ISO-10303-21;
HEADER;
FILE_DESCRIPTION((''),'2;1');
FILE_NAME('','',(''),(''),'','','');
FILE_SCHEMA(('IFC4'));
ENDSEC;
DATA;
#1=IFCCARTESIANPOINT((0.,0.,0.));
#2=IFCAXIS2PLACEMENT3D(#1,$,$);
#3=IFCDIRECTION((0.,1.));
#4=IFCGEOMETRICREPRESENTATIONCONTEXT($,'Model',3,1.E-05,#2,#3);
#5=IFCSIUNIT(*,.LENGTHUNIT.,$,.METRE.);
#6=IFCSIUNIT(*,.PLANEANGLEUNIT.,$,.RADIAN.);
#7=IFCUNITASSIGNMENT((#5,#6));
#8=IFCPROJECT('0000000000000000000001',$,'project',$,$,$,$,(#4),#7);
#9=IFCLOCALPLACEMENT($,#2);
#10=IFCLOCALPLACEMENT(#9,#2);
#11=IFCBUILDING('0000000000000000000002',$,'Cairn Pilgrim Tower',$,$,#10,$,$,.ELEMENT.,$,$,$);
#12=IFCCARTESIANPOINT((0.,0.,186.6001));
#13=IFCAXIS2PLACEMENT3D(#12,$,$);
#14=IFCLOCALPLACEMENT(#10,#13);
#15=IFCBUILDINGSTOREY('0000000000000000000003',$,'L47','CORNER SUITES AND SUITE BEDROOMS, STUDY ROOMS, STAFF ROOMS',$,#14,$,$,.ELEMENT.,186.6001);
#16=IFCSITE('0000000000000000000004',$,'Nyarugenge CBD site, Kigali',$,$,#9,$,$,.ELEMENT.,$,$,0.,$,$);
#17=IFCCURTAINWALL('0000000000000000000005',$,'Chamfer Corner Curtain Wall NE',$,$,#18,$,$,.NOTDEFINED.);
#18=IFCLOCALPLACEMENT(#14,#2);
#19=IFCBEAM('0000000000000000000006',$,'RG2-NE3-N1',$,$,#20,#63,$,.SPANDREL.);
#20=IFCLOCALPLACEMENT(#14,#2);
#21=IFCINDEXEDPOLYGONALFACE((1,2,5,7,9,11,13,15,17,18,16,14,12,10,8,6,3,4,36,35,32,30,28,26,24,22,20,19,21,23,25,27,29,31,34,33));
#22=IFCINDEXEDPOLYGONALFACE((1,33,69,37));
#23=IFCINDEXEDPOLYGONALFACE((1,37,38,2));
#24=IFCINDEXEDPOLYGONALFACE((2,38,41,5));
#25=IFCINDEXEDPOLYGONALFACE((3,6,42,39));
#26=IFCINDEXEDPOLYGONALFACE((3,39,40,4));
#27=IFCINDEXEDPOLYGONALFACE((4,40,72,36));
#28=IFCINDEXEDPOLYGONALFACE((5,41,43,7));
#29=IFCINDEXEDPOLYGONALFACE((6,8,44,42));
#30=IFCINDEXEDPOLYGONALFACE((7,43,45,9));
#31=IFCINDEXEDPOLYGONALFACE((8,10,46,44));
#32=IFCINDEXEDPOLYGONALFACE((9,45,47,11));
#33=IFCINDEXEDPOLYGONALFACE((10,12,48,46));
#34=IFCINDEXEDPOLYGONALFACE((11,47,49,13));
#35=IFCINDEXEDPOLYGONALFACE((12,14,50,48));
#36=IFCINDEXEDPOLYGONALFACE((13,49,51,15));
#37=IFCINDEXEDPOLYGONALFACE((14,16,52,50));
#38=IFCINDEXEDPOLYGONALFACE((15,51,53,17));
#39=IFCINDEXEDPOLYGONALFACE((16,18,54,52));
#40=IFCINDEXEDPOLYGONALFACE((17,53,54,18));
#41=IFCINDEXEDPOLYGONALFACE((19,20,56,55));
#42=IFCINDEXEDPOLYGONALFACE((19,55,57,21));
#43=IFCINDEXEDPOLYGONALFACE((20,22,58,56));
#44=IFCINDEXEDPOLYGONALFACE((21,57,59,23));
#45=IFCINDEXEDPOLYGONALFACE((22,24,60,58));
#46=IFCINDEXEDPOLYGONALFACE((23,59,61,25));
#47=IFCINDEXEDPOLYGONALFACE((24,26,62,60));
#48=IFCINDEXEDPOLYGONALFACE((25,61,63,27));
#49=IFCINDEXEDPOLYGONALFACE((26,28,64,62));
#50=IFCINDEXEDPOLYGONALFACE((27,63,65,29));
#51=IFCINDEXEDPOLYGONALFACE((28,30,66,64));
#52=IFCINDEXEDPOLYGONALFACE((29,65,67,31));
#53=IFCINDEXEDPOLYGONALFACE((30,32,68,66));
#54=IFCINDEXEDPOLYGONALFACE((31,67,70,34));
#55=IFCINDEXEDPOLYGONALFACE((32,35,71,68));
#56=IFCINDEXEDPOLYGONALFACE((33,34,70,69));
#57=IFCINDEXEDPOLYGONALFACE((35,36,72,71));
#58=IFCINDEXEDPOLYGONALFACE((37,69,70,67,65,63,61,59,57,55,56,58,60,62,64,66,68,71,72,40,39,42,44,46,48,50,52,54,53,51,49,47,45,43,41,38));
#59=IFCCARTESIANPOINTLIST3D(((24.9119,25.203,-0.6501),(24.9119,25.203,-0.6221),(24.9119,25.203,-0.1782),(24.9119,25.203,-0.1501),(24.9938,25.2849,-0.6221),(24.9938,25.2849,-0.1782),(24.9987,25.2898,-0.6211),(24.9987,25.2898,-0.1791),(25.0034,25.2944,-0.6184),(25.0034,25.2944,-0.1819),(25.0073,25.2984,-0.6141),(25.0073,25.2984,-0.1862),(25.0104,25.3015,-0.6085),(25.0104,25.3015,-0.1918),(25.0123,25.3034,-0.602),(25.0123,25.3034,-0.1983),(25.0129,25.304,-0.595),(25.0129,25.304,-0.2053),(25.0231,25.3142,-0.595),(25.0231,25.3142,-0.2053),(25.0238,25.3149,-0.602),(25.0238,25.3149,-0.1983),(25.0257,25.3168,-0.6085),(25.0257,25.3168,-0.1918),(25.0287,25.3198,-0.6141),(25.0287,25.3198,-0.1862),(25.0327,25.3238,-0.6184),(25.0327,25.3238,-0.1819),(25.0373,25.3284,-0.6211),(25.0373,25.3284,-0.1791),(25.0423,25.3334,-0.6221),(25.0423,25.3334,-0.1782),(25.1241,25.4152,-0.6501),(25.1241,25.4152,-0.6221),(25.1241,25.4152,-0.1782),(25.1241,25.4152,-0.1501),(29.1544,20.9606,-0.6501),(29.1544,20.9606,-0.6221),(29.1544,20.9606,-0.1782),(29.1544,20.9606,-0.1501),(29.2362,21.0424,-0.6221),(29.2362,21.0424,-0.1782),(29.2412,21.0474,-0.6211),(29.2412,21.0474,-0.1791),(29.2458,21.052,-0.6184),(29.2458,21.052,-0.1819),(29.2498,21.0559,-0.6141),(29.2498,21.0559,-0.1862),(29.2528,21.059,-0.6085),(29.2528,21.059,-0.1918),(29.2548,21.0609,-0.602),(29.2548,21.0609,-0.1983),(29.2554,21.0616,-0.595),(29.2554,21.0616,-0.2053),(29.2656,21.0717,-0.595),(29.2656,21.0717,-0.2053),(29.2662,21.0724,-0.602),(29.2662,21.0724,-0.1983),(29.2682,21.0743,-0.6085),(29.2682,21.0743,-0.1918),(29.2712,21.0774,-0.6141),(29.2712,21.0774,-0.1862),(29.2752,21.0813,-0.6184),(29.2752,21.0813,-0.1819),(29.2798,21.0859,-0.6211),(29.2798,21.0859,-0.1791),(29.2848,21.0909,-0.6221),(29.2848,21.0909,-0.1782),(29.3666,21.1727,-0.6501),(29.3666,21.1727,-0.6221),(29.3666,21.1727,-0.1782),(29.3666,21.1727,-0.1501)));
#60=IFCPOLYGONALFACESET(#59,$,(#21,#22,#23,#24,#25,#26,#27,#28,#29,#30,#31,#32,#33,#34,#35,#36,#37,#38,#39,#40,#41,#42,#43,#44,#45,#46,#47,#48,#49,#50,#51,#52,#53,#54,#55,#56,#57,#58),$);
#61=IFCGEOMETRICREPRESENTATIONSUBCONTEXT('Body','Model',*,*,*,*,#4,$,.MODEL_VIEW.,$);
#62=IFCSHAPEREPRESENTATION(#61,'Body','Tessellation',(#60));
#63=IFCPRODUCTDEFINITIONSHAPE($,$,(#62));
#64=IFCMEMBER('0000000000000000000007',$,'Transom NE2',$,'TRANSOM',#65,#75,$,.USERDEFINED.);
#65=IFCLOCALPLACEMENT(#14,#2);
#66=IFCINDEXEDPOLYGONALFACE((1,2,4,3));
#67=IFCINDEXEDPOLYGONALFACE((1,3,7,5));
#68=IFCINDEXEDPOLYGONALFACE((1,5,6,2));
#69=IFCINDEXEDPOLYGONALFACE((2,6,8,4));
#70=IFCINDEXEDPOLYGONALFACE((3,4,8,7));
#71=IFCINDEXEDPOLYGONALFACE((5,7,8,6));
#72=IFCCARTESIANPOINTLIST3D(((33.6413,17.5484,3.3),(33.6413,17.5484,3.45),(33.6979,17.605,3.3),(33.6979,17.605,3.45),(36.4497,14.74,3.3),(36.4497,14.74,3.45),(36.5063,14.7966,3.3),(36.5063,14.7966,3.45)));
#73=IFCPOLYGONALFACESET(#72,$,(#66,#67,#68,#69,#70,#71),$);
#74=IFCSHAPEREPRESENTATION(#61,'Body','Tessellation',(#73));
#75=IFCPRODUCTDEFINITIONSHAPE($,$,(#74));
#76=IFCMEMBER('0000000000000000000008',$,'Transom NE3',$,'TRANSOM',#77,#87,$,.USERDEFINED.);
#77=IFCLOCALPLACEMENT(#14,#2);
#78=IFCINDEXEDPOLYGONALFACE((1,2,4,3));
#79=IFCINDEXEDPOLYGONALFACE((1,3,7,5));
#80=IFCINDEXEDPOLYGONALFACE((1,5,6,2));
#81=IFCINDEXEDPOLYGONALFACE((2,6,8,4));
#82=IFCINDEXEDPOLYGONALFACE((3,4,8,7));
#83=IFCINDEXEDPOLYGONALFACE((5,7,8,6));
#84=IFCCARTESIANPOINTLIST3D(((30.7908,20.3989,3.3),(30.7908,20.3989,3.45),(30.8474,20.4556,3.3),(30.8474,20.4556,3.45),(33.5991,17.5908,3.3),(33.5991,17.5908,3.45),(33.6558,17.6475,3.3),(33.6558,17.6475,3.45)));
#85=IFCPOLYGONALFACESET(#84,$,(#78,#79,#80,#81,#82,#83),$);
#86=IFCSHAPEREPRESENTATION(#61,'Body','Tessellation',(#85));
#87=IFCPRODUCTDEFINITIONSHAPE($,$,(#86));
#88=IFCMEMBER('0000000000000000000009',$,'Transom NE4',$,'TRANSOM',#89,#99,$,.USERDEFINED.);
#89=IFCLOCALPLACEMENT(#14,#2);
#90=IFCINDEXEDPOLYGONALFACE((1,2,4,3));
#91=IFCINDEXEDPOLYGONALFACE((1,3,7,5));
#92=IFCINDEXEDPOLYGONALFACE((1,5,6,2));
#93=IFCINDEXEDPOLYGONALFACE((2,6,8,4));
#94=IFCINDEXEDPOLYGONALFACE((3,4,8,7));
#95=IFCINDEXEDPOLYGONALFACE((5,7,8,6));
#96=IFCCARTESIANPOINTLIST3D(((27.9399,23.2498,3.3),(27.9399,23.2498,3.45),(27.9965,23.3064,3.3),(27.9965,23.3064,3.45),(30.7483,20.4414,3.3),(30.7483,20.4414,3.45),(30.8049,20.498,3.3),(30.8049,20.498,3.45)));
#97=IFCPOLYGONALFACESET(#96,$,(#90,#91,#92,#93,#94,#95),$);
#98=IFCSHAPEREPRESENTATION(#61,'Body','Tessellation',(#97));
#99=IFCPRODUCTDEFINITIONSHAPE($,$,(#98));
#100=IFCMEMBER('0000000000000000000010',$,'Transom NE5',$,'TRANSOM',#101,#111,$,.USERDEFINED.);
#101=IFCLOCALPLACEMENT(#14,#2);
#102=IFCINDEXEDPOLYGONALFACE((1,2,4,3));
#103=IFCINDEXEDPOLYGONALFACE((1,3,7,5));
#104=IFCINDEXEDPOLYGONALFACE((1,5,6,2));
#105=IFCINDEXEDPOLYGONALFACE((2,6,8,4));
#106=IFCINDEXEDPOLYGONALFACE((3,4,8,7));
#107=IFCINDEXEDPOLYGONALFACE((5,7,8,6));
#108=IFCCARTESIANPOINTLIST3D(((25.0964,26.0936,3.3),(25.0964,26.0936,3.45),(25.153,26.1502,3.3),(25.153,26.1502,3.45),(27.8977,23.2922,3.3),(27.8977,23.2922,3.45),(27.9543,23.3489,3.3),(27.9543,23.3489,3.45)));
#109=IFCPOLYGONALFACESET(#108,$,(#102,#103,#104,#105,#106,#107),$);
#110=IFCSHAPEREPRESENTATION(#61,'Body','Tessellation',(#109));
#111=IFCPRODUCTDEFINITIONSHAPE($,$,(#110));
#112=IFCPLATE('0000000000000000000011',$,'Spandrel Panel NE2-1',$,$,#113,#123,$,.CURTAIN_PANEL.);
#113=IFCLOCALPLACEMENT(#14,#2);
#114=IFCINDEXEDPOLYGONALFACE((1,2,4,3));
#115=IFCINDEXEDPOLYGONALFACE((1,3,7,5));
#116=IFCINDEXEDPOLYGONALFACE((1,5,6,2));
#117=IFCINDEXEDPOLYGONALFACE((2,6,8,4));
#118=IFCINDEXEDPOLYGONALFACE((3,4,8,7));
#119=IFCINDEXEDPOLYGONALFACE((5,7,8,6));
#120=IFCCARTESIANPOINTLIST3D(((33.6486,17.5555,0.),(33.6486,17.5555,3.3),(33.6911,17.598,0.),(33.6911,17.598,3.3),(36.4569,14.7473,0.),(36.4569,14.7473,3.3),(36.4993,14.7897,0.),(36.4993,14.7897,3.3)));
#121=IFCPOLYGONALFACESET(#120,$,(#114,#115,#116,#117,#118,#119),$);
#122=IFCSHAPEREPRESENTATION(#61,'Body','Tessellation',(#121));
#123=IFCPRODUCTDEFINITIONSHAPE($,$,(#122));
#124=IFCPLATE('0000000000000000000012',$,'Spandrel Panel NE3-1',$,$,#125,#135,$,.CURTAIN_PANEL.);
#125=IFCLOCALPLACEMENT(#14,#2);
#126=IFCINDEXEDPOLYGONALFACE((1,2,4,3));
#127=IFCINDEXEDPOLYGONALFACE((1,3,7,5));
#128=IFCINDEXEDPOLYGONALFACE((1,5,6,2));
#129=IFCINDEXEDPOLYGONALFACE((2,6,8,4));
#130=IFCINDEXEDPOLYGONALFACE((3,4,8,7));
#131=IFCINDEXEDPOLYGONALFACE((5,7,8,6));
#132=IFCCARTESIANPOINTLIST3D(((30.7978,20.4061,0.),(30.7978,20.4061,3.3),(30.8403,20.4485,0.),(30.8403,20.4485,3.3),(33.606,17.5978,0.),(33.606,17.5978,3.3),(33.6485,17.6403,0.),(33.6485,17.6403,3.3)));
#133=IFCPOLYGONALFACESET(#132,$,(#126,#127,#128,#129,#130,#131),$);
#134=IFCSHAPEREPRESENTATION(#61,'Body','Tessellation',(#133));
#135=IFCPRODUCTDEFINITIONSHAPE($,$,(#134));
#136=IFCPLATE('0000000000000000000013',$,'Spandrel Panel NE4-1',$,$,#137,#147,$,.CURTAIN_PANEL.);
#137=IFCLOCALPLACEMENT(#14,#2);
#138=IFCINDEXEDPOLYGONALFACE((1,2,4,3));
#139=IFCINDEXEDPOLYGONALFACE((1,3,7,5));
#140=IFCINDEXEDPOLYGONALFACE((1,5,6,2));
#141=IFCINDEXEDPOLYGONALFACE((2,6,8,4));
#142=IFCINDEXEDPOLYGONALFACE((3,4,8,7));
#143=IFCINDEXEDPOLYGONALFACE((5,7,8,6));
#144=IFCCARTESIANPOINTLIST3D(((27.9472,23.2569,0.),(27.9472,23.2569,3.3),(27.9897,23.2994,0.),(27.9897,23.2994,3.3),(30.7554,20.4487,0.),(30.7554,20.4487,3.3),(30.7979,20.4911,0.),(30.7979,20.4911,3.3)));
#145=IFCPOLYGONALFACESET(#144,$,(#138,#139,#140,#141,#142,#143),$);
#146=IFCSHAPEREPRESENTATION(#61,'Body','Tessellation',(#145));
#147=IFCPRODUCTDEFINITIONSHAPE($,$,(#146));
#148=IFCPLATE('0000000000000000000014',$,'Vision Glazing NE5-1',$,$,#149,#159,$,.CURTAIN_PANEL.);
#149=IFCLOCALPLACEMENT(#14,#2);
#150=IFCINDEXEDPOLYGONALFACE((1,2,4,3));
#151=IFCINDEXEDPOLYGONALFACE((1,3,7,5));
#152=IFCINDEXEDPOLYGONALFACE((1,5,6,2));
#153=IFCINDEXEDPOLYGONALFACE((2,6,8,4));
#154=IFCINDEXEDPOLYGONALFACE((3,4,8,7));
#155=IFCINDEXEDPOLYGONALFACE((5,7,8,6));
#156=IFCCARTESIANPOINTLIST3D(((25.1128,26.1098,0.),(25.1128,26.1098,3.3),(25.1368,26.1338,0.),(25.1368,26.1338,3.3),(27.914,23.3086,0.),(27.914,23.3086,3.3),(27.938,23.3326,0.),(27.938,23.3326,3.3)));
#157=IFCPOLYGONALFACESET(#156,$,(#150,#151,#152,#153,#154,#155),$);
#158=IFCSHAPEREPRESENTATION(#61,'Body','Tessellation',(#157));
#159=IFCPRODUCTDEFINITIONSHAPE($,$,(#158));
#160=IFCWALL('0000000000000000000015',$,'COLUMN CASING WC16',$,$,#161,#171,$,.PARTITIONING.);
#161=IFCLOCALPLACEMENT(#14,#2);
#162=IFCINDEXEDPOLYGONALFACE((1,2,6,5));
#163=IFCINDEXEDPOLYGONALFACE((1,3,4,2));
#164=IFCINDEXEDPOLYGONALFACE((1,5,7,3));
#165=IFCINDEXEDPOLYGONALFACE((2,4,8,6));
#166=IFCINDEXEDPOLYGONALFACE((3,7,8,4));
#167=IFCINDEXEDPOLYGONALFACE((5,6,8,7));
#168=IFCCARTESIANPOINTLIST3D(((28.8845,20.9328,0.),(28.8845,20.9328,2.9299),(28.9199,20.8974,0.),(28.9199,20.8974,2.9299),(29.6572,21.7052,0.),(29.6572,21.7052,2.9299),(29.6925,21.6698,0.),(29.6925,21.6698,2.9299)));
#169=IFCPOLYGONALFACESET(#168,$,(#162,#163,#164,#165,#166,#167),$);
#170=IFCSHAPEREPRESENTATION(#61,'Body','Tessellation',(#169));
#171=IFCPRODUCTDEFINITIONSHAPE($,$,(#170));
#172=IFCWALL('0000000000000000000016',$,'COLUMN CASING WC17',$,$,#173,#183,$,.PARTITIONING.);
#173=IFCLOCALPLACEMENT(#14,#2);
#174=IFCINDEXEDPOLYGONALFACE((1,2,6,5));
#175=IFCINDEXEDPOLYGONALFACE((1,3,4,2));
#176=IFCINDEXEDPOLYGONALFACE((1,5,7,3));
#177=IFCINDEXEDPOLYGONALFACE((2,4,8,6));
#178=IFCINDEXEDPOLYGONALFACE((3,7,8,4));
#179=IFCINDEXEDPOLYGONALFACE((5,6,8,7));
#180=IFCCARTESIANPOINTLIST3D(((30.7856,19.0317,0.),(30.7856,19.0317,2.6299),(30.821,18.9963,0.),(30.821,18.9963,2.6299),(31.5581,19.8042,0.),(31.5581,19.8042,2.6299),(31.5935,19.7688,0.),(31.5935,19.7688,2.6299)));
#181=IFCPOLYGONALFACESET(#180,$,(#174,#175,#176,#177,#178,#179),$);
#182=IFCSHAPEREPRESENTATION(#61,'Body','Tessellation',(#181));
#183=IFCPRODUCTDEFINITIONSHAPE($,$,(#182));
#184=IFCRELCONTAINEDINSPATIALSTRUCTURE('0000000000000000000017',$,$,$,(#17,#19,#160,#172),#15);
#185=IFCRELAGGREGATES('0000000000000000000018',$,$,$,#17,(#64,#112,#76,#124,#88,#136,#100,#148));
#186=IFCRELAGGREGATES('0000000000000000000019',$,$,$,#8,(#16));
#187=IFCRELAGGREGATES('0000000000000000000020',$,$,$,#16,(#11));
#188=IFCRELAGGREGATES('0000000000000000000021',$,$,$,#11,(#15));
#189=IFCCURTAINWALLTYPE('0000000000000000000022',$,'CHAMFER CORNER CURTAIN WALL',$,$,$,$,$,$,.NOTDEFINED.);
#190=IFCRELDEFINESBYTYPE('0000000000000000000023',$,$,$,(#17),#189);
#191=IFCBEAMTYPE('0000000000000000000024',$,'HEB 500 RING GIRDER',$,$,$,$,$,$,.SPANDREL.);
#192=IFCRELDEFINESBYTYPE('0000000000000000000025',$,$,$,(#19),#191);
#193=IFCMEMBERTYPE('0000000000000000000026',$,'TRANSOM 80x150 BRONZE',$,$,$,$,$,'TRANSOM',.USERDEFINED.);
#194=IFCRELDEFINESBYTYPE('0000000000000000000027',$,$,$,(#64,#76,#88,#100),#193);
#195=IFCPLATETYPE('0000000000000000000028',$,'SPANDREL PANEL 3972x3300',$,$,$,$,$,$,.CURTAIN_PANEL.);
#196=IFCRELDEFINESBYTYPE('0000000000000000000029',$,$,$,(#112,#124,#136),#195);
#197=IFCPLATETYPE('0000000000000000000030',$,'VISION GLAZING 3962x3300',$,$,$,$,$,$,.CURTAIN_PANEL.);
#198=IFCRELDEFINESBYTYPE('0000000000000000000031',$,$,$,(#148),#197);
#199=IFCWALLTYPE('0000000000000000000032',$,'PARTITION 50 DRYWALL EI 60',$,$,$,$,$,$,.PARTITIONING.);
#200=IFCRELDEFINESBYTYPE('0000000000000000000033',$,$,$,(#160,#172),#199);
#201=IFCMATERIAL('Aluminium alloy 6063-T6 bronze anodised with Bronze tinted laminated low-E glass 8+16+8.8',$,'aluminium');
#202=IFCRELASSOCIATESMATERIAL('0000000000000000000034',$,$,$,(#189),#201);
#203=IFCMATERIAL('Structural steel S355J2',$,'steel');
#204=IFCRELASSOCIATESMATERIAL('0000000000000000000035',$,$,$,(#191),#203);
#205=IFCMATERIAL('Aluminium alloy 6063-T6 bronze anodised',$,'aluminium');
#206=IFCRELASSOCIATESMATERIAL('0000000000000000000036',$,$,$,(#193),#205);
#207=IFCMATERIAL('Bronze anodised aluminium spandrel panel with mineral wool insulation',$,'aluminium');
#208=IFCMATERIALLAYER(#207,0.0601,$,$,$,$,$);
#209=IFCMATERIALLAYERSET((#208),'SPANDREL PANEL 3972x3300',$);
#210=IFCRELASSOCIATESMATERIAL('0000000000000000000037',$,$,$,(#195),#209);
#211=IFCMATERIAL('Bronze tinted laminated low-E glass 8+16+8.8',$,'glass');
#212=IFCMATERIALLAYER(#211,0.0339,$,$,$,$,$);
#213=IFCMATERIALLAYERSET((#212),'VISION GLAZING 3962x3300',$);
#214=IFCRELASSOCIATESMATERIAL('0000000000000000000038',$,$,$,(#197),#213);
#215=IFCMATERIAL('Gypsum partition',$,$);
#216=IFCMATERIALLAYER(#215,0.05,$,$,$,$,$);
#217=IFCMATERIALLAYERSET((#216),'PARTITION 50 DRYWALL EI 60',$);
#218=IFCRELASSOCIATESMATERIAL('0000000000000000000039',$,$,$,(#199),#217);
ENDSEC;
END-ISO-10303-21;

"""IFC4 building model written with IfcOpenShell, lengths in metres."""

from ifc_helpers import new_model, si_unit, direction, frame, frame_2d, origin, origin_2d, place, context, subcontext, project, spatial, rectangle, i_section, extrude, material, layer, layer_set, material_profile, profile_set, type_object, element, aggregate, save


model = new_model("IFC4")

# Units and contexts
model_context = context("Model", 3, precision=1e-05, world=origin(), true_north=direction((0.0, 1.0)))
body_context = subcontext(model_context, "Body", "Model", "MODEL_VIEW")
ifc_project = project(units=[si_unit("LENGTHUNIT", "METRE"), si_unit("PLANEANGLEUNIT", "RADIAN")], contexts=[model_context])

# Site, building, storey
site_placement = place(None, origin())
site = spatial("IfcSite", under=ifc_project, at=site_placement, Name="Nyarugenge CBD site, Kigali", CompositionType="ELEMENT", RefElevation=0.0)
building_placement = place(site_placement, origin())
building = spatial("IfcBuilding", under=site, at=building_placement, Name="Cairn Pilgrim Tower", CompositionType="ELEMENT")
storey_placement = place(building_placement, frame((0.0, 0.0, 186.6001)))
storey = spatial("IfcBuildingStorey", under=building, at=storey_placement, Name="L47", Description="CORNER SUITES AND SUITE BEDROOMS, STUDY ROOMS, STAFF ROOMS", CompositionType="ELEMENT", Elevation=186.6001)

# Shared definitions
ifc_material_1 = material(Name="Structural steel S355J2", Category="steel")

# Curtain wall
ifc_material_2 = material(Name="Aluminium alloy 6063-T6 bronze anodised with Bronze tinted laminated low-E glass 8+16+8.8", Category="aluminium")
curtain_wall_type_1 = type_object("IfcCurtainWallType", Name="CHAMFER CORNER CURTAIN WALL", PredefinedType="NOTDEFINED", material=ifc_material_2)
curtain_wall_1_placement = place(storey_placement, origin())
curtain_wall_1 = element("IfcCurtainWall", 1, at=curtain_wall_1_placement, inside=storey, type_object=curtain_wall_type_1, Name="Chamfer Corner Curtain Wall NE", PredefinedType="NOTDEFINED")
ifc_material_3 = material(Name="Aluminium alloy 6063-T6 bronze anodised", Category="aluminium")

# Beam
ifc_material_profile_1 = material_profile(ifc_material_1, i_section(OverallWidth=0.3, OverallDepth=0.5, WebThickness=0.0144, FlangeThickness=0.0281, FilletRadius=0.0271, at=origin_2d()), Name="HEB 500")
ifc_profile_set_1 = profile_set([ifc_material_profile_1], Name="Structural steel S355J2")
beam_type_1 = type_object("IfcBeamType", Name="HEB 500 RING GIRDER", PredefinedType="SPANDREL", material=ifc_profile_set_1)
beam_1_placement = place(storey_placement, frame((29.2605, 21.0667, -0.4001), z_axis=(-0.707107, 0.707107, 0.0), x_axis=(-0.707107, -0.707107, 0.0)))
element("IfcBeam", 2, at=beam_1_placement, inside=storey, type_object=beam_type_1, Name="RG2-NE3-N1", PredefinedType="SPANDREL", context=body_context, shape_type="SweptSolid", body=[
    extrude(i_section(OverallWidth=0.3, OverallDepth=0.5, WebThickness=0.0144, FlangeThickness=0.0281, FilletRadius=0.0271, at=origin_2d()), origin(), (0.0, 0.0, 1.0), 5.9998),
])

# Members
ifc_material_profile_2 = material_profile(ifc_material_3, rectangle(XDim=0.0801, YDim=0.1499, at=origin_2d()), Name="TRANSOM 80x150 BRONZE")
ifc_profile_set_2 = profile_set([ifc_material_profile_2], Name="Aluminium alloy 6063-T6 bronze anodised")
member_type_1 = type_object("IfcMemberType", Name="TRANSOM 80x150 BRONZE", ElementType="TRANSOM", PredefinedType="USERDEFINED", material=ifc_profile_set_2)
member_1_placement = place(storey_placement, frame((36.478, 14.7683, 3.375), z_axis=(-0.707107, 0.707107, 0.0), x_axis=(-0.707107, -0.707107, 0.0)))
member_1 = element("IfcMember", 3, at=member_1_placement, type_object=member_type_1, Name="Transom NE2", ObjectType="TRANSOM", PredefinedType="USERDEFINED", context=body_context, shape_type="SweptSolid", body=[
    extrude(rectangle(XDim=0.0801, YDim=0.1499, at=origin_2d()), origin(), (0.0, 0.0, 1.0), 3.9717),
])
member_2_placement = place(storey_placement, frame((33.6274, 17.6191, 3.375), z_axis=(-0.707138, 0.707076, 0.0), x_axis=(-0.707076, -0.707138, 0.0)))
member_2 = element("IfcMember", 4, at=member_2_placement, type_object=member_type_1, Name="Transom NE3", ObjectType="TRANSOM", PredefinedType="USERDEFINED", context=body_context, shape_type="SweptSolid", body=[
    extrude(rectangle(XDim=0.0801, YDim=0.1499, at=origin_2d()), origin(), (0.0, 0.0, 1.0), 3.9714),
])
member_3_placement = place(storey_placement, frame((30.7766, 20.4697, 3.375), z_axis=(-0.707107, 0.707107, 0.0), x_axis=(-0.707107, -0.707107, 0.0)))
member_3 = element("IfcMember", 5, at=member_3_placement, type_object=member_type_1, Name="Transom NE4", ObjectType="TRANSOM", PredefinedType="USERDEFINED", context=body_context, shape_type="SweptSolid", body=[
    extrude(rectangle(XDim=0.0801, YDim=0.1499, at=origin_2d()), origin(), (0.0, 0.0, 1.0), 3.9717),
])
member_4_placement = place(storey_placement, frame((27.926, 23.3206, 3.375), z_axis=(-0.707107, 0.707107, 0.0), x_axis=(-0.707107, -0.707107, 0.0)))
member_4 = element("IfcMember", 6, at=member_4_placement, type_object=member_type_1, Name="Transom NE5", ObjectType="TRANSOM", PredefinedType="USERDEFINED", context=body_context, shape_type="SweptSolid", body=[
    extrude(rectangle(XDim=0.0801, YDim=0.1499, at=origin_2d()), origin(), (0.0, 0.0, 1.0), 3.9617),
])

# Plates
ifc_material_4 = material(Name="Bronze anodised aluminium spandrel panel with mineral wool insulation", Category="aluminium")
ifc_layer_1 = layer(ifc_material_4, 0.0601)
ifc_layer_set_1 = layer_set([ifc_layer_1], Name="SPANDREL PANEL 3972x3300")
plate_type_1 = type_object("IfcPlateType", Name="SPANDREL PANEL 3972x3300", PredefinedType="CURTAIN_PANEL", material=ifc_layer_set_1)
plate_1_placement = place(storey_placement, frame((35.074, 16.1726, 0.0), z_axis=(0.0, 0.0, 1.0), x_axis=(-0.707107, 0.707107, 0.0)))
plate_1 = element("IfcPlate", 7, at=plate_1_placement, type_object=plate_type_1, Name="Spandrel Panel NE2-1", PredefinedType="CURTAIN_PANEL", context=body_context, shape_type="SweptSolid", body=[
    extrude(rectangle(XDim=3.9714, YDim=0.0601, at=origin_2d()), origin(), (0.0, 0.0, 1.0), 3.3),
])
plate_2_placement = place(storey_placement, frame((32.2231, 19.0232, 0.0), z_axis=(0.0, 0.0, 1.0), x_axis=(-0.707107, 0.707107, 0.0)))
plate_2 = element("IfcPlate", 8, at=plate_2_placement, type_object=plate_type_1, Name="Spandrel Panel NE3-1", PredefinedType="CURTAIN_PANEL", context=body_context, shape_type="SweptSolid", body=[
    extrude(rectangle(XDim=3.9714, YDim=0.0601, at=origin_2d()), origin(), (0.0, 0.0, 1.0), 3.3),
])
plate_3_placement = place(storey_placement, frame((29.3726, 21.874, 0.0), z_axis=(0.0, 0.0, 1.0), x_axis=(-0.707107, 0.707107, 0.0)))
plate_3 = element("IfcPlate", 9, at=plate_3_placement, type_object=plate_type_1, Name="Spandrel Panel NE4-1", PredefinedType="CURTAIN_PANEL", context=body_context, shape_type="SweptSolid", body=[
    extrude(rectangle(XDim=3.9714, YDim=0.0601, at=origin_2d()), origin(), (0.0, 0.0, 1.0), 3.3),
])
ifc_material_5 = material(Name="Bronze tinted laminated low-E glass 8+16+8.8", Category="glass")
ifc_layer_2 = layer(ifc_material_5, 0.0339)
ifc_layer_set_2 = layer_set([ifc_layer_2], Name="VISION GLAZING 3962x3300")
plate_type_2 = type_object("IfcPlateType", Name="VISION GLAZING 3962x3300", PredefinedType="CURTAIN_PANEL", material=ifc_layer_set_2)
plate_4_placement = place(storey_placement, frame((26.5254, 24.7212, 0.0), z_axis=(0.0, 0.0, 1.0), x_axis=(-0.707107, 0.707107, 0.0)))
plate_4 = element("IfcPlate", 10, at=plate_4_placement, type_object=plate_type_2, Name="Vision Glazing NE5-1", PredefinedType="CURTAIN_PANEL", context=body_context, shape_type="SweptSolid", body=[
    extrude(rectangle(XDim=3.9614, YDim=0.0339, at=origin_2d()), origin(), (0.0, 0.0, 1.0), 3.3),
])
aggregate(curtain_wall_1, [member_1, plate_1, member_2, plate_2, member_3, plate_3, member_4, plate_4])

# Walls
ifc_material_6 = material(Name="Gypsum partition")
ifc_layer_3 = layer(ifc_material_6, 0.05)
ifc_layer_set_3 = layer_set([ifc_layer_3], Name="PARTITION 50 DRYWALL EI 60")
wall_type_1 = type_object("IfcWallType", Name="PARTITION 50 DRYWALL EI 60", PredefinedType="PARTITIONING", material=ifc_layer_set_3)
wall_1_placement = place(storey_placement, frame((28.9021, 20.915, 0.0), z_axis=(0.0, 0.0, 1.0), x_axis=(0.707218, 0.706995, 0.0)))
element("IfcWall", 11, at=wall_1_placement, inside=storey, type_object=wall_type_1, Name="COLUMN CASING WC16", PredefinedType="PARTITIONING", context=body_context, shape_type="SweptSolid", body=[
    extrude(rectangle(XDim=1.0925, YDim=0.05, at=frame_2d((0.5464, 0.0))), origin(), (0.0, 0.0, 1.0), 2.9299),
])
wall_2_placement = place(storey_placement, frame((30.8032, 19.0139, 0.0), z_axis=(0.0, 0.0, 1.0), x_axis=(0.707107, 0.707107, 0.0)))
element("IfcWall", 12, at=wall_2_placement, inside=storey, type_object=wall_type_1, Name="COLUMN CASING WC17", PredefinedType="PARTITIONING", context=body_context, shape_type="SweptSolid", body=[
    extrude(rectangle(XDim=1.0925, YDim=0.05, at=frame_2d((0.5464, 0.0))), origin(), (0.0, 0.0, 1.0), 2.6299),
])

save(model, "model.ifc")
